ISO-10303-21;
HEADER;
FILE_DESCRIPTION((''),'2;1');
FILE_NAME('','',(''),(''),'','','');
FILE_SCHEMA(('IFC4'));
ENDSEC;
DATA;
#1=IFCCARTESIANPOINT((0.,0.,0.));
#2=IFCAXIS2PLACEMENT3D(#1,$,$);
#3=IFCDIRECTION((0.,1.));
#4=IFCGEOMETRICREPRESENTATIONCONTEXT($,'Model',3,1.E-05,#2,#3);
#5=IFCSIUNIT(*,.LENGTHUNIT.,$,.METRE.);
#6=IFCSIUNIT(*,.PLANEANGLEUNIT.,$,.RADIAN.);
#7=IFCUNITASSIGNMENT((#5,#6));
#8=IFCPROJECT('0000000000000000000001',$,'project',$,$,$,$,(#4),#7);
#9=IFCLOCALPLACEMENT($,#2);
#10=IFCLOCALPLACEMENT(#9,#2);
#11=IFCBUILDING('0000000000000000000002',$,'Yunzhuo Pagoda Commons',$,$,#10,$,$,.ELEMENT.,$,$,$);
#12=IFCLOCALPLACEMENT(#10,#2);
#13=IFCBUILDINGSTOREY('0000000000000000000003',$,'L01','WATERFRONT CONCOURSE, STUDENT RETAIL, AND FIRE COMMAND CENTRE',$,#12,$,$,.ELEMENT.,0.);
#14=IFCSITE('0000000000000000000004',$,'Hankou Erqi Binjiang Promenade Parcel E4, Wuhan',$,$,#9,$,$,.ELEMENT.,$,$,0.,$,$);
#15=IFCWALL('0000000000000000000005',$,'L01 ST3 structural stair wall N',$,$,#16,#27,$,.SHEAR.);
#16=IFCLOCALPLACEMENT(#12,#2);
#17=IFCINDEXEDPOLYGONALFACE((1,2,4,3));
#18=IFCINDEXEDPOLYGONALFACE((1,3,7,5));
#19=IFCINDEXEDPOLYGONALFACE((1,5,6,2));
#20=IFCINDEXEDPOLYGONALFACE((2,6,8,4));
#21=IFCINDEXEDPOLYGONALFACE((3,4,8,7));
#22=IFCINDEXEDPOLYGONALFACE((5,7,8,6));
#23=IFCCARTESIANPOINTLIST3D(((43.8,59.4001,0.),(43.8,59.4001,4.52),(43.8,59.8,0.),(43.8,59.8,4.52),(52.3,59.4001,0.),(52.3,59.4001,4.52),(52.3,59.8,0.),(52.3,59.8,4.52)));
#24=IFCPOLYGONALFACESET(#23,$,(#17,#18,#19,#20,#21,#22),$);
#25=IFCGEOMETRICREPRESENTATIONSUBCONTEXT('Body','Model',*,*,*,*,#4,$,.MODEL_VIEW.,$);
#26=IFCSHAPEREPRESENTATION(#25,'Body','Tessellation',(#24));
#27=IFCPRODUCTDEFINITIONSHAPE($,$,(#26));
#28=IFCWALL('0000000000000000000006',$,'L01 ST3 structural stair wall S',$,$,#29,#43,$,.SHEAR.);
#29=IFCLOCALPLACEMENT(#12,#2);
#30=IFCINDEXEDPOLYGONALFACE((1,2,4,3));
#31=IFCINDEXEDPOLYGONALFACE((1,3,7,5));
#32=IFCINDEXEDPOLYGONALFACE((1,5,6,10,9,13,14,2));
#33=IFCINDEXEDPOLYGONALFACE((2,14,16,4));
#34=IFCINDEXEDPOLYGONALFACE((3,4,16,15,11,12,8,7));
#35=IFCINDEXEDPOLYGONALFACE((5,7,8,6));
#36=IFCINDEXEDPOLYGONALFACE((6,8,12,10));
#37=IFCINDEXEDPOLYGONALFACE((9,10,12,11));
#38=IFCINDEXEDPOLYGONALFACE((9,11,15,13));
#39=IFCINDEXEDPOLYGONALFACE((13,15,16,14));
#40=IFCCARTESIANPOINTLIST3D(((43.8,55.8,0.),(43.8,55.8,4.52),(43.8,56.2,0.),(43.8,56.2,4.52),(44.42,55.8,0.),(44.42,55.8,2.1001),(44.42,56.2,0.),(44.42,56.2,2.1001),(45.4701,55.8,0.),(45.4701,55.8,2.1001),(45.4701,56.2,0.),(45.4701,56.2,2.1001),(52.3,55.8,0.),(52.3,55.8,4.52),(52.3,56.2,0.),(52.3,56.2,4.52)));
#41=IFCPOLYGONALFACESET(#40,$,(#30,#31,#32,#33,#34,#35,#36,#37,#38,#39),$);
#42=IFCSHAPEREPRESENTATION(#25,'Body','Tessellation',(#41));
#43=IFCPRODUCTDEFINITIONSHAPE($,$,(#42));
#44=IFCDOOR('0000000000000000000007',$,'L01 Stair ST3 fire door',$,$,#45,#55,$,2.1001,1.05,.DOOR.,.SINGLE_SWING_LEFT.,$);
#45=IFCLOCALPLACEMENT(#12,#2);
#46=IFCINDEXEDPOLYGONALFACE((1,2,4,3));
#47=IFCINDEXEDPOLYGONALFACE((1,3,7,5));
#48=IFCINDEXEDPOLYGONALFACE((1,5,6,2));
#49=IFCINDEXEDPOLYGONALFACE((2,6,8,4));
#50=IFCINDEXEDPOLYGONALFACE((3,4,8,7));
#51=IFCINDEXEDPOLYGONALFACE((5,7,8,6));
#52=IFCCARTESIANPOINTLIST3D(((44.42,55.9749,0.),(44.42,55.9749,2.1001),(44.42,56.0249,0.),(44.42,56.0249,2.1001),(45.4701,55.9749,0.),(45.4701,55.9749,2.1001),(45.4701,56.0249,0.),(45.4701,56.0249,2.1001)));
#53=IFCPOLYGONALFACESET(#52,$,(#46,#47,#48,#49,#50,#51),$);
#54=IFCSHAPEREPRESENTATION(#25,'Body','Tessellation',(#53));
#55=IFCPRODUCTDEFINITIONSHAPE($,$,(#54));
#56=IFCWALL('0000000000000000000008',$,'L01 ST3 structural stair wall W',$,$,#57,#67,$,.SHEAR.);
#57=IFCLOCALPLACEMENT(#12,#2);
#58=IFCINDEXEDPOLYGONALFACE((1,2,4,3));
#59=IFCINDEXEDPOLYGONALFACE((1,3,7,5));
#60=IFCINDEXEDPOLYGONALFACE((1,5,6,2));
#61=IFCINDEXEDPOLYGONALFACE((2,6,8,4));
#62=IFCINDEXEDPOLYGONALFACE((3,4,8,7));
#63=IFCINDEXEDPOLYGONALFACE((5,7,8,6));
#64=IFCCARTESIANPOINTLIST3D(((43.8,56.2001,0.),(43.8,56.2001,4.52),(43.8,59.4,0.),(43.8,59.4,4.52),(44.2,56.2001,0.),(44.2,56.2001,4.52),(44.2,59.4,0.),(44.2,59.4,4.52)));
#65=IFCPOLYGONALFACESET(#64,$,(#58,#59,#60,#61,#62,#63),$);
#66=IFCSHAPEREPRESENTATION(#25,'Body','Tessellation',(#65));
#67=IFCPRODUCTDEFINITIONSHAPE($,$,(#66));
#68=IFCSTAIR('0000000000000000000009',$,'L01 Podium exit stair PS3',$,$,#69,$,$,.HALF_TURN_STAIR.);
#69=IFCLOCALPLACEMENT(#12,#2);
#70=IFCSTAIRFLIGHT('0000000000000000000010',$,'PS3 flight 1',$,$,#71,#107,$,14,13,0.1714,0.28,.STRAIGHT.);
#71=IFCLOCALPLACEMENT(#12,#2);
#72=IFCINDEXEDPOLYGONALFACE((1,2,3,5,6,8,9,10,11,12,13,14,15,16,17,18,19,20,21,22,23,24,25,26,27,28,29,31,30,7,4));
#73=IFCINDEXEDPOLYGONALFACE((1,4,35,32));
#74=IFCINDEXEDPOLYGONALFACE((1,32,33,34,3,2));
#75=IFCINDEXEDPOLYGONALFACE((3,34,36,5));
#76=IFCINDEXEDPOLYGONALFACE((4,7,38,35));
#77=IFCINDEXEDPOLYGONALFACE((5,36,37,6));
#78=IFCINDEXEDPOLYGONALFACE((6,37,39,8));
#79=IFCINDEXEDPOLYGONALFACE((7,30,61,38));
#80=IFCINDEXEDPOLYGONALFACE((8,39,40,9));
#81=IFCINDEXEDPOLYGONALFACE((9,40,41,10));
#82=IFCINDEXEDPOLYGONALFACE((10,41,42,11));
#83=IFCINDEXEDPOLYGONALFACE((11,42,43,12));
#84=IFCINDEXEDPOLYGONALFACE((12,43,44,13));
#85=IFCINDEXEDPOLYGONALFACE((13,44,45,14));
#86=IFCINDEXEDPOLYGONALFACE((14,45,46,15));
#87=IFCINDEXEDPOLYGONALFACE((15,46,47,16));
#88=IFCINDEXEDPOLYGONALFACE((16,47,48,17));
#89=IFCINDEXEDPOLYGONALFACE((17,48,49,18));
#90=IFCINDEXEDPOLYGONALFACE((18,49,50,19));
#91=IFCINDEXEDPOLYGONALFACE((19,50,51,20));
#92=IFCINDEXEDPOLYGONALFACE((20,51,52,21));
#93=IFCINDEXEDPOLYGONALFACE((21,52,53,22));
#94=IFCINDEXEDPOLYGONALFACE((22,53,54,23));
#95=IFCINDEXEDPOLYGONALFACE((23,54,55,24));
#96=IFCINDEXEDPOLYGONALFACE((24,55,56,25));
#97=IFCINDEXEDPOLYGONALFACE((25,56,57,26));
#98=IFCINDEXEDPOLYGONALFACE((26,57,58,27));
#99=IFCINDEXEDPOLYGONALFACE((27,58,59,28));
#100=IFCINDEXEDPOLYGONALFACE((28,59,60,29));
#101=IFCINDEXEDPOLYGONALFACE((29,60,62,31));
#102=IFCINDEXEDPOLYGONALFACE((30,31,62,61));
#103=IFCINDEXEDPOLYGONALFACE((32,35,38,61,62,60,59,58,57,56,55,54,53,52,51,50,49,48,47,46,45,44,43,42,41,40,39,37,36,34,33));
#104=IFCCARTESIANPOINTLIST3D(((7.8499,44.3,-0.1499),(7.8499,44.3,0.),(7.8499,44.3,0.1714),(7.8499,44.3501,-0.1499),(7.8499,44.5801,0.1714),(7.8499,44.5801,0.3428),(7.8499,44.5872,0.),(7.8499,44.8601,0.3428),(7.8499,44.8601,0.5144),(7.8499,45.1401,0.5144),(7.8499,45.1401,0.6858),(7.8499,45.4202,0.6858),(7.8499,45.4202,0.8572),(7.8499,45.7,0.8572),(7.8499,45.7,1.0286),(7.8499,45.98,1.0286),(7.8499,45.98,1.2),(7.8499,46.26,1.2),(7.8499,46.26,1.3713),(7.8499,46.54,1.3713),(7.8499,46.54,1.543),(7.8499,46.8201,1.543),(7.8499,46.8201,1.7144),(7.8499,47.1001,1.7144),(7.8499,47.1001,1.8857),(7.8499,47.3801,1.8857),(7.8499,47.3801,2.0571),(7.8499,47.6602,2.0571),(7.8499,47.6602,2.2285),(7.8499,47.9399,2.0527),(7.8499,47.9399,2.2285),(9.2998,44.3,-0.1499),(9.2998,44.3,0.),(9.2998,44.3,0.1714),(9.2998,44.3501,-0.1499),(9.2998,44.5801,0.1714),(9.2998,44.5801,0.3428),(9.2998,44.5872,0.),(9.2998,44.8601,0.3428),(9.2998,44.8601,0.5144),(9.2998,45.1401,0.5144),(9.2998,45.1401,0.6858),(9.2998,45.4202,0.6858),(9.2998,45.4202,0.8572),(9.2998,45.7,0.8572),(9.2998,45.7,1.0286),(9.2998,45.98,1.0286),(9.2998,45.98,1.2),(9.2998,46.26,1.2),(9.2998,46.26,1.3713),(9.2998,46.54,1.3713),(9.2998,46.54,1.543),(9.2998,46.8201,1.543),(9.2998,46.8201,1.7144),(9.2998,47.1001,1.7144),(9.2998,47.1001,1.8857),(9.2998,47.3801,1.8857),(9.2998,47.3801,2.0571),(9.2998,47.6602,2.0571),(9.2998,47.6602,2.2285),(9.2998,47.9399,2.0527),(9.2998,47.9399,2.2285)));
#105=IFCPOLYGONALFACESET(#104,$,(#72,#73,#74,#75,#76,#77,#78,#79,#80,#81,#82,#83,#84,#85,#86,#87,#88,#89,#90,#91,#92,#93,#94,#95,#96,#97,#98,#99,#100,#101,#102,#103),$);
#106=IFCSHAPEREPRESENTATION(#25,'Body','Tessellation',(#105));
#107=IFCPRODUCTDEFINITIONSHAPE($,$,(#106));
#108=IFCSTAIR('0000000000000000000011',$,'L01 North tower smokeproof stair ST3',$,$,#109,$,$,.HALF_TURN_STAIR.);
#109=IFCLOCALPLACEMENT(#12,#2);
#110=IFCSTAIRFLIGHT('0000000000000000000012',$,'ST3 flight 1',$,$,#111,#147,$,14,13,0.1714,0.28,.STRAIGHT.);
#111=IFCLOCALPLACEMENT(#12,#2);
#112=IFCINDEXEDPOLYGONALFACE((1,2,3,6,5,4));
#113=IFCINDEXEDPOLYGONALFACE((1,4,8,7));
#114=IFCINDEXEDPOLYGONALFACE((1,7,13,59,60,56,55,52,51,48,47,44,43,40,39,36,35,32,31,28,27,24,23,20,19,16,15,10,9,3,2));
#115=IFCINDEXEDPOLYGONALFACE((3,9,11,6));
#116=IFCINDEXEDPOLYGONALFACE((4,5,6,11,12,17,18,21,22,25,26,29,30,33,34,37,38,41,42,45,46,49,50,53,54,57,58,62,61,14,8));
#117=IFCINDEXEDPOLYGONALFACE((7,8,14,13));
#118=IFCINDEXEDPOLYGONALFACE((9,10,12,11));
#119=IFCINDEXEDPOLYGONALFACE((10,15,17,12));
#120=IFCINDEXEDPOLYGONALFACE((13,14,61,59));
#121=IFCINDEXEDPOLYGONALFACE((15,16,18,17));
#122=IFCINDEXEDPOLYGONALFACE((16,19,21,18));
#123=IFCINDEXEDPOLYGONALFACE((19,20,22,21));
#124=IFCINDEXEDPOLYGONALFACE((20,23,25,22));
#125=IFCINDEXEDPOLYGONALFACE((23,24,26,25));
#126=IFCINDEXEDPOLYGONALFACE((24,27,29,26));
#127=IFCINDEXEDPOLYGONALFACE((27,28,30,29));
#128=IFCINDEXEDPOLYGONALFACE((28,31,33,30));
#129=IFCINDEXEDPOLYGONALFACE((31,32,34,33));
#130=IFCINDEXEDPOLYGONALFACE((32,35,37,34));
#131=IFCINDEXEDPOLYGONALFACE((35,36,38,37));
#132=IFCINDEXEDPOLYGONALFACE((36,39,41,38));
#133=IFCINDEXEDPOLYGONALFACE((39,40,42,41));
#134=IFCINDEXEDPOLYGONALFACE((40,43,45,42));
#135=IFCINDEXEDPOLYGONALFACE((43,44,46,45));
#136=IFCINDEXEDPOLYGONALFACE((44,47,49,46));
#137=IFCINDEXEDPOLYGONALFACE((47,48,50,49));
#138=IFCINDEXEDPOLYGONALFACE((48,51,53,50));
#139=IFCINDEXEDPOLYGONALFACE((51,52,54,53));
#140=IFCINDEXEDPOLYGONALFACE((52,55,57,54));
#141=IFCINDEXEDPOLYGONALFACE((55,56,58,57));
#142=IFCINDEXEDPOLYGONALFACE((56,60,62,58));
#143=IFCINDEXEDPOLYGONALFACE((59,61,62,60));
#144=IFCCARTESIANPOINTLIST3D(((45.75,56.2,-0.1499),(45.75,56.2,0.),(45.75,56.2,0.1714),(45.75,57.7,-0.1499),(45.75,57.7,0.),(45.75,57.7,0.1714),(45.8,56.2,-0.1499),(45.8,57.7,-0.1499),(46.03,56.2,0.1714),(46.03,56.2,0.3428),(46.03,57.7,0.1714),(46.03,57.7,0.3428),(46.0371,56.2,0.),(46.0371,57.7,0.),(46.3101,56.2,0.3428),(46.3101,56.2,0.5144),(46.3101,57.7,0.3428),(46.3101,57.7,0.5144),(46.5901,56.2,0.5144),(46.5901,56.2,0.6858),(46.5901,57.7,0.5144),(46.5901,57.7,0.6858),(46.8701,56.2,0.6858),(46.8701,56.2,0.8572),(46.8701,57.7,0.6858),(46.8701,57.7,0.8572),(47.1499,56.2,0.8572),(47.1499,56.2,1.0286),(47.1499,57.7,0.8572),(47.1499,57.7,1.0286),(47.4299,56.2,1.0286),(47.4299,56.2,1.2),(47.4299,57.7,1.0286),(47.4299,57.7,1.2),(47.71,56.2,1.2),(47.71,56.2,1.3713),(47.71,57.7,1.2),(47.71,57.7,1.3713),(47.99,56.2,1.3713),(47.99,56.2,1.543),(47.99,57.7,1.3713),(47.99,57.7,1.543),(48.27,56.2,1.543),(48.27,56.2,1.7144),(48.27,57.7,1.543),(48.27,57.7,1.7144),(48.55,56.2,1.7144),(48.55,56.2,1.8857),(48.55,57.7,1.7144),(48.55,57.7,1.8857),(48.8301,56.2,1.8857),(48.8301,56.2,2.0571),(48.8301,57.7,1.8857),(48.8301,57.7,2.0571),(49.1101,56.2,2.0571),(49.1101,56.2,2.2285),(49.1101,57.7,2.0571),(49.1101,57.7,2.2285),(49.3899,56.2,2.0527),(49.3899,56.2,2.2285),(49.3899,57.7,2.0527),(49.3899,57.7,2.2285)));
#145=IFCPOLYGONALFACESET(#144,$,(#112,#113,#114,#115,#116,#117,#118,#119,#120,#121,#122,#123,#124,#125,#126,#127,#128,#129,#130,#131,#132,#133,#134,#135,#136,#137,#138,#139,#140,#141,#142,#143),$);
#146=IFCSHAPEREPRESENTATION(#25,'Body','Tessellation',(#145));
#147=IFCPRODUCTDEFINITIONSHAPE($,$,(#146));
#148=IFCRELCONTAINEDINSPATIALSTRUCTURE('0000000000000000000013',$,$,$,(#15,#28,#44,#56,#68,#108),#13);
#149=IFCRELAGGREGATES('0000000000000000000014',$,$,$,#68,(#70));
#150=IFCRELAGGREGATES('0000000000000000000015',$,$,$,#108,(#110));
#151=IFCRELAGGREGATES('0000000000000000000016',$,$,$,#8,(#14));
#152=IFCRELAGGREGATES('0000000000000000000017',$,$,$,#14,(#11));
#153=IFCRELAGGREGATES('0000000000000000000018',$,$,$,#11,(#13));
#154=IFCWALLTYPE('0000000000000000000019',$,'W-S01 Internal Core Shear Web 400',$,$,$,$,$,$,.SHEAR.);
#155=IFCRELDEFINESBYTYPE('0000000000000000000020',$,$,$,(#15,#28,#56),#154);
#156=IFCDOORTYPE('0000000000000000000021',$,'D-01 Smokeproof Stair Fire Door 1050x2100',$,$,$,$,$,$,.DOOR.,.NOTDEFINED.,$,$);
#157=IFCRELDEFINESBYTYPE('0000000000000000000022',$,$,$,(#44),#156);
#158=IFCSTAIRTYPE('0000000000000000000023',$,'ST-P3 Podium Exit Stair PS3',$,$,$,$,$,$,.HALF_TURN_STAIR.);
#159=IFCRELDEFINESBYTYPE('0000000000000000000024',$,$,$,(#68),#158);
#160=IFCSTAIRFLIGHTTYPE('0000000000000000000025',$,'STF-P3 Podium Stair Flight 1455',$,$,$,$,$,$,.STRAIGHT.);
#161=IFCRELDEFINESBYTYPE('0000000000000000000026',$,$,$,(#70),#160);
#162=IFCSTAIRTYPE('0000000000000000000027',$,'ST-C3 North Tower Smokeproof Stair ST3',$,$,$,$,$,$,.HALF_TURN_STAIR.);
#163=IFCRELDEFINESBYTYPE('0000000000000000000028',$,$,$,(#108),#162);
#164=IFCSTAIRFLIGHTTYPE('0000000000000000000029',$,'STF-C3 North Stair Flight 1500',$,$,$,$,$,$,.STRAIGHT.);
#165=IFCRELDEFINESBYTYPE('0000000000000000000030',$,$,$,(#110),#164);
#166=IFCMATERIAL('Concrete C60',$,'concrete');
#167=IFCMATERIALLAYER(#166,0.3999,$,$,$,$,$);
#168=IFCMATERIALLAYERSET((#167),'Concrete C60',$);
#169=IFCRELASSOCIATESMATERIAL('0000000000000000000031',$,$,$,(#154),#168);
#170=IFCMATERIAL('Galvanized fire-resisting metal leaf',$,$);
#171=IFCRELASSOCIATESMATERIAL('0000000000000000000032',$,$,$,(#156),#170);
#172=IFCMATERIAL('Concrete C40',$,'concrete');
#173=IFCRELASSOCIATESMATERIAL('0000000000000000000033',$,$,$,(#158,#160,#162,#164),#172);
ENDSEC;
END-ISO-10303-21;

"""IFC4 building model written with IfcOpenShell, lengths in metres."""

from ifc_helpers import new_model, si_unit, direction, frame, frame_2d, origin, origin_with_axes, place, context, subcontext, project, spatial, polyline, rectangle, outline, extrude, source, transform, mapped, material, layer, layer_set, type_object, element, fill, aggregate, save


model = new_model("IFC4")

# Units and contexts
model_context = context("Model", 3, precision=1e-05, world=origin(), true_north=direction((0.0, 1.0)))
body_context = subcontext(model_context, "Body", "Model", "MODEL_VIEW")
ifc_project = project(units=[si_unit("LENGTHUNIT", "METRE"), si_unit("PLANEANGLEUNIT", "RADIAN")], contexts=[model_context])

# Site, building, storey
site_placement = place(None, origin())
site = spatial("IfcSite", under=ifc_project, at=site_placement, Name="Hankou Erqi Binjiang Promenade Parcel E4, Wuhan", CompositionType="ELEMENT", RefElevation=0.0)
building_placement = place(site_placement, origin())
building = spatial("IfcBuilding", under=site, at=building_placement, Name="Yunzhuo Pagoda Commons", CompositionType="ELEMENT")
storey_placement = place(building_placement, origin())
storey = spatial("IfcBuildingStorey", under=building, at=storey_placement, Name="L01", Description="WATERFRONT CONCOURSE, STUDENT RETAIL, AND FIRE COMMAND CENTRE", CompositionType="ELEMENT", Elevation=0.0)

# Wall
ifc_material_1 = material(Name="Concrete C60", Category="concrete")
ifc_layer = layer(ifc_material_1, 0.3999)
ifc_layer_set = layer_set([ifc_layer], Name="Concrete C60")
wall_type = type_object("IfcWallType", Name="W-S01 Internal Core Shear Web 400", PredefinedType="SHEAR", material=ifc_layer_set)
wall_1_placement = place(storey_placement, frame((43.8, 59.6001, 0.0), z_axis=(0.0, 0.0, 1.0), x_axis=(1.0, 0.0, 0.0)))
element("IfcWall", 1, at=wall_1_placement, inside=storey, type_object=wall_type, Name="L01 ST3 structural stair wall N", PredefinedType="SHEAR", context=body_context, shape_type="SweptSolid", body=[
    extrude(rectangle(XDim=8.5, YDim=0.3999, at=frame_2d((4.25, 0.0))), origin(), (0.0, 0.0, 1.0), 4.52),
])

# Wall, opening, door
wall_2_placement = place(storey_placement, frame((43.8, 56.0, 0.0), z_axis=(0.0, 0.0, 1.0), x_axis=(1.0, 0.0, 0.0)))
wall_2 = element("IfcWall", 2, at=wall_2_placement, inside=storey, type_object=wall_type, Name="L01 ST3 structural stair wall S", PredefinedType="SHEAR", context=body_context, shape_type="SweptSolid", body=[
    extrude(rectangle(XDim=8.5, YDim=0.3999, at=frame_2d((4.25, 0.0))), origin(), (0.0, 0.0, 1.0), 4.52),
])
opening_placement = place(wall_2_placement, frame((0.6201, 0.0, 0.0)))
opening = element("IfcOpeningElement", 3, at=opening_placement, cuts=wall_2, PredefinedType="OPENING", context=body_context, shape_type="SweptSolid", body=[
    extrude(rectangle(XDim=1.05, YDim=2.1001, at=frame_2d((0.5249, 1.05))), frame((0.0, 0.21, 0.0), z_axis=(0.0, -1.0, 0.0), x_axis=(1.0, 0.0, 0.0)), (0.0, 0.0, 1.0), 0.4199),
])
ifc_material_2 = material(Name="Galvanized fire-resisting metal leaf")
door_type = type_object("IfcDoorType", Name="D-01 Smokeproof Stair Fire Door 1050x2100", OperationType="NOTDEFINED", PredefinedType="DOOR", material=ifc_material_2)
shared_shape_1 = source(origin(), body_context, "Body", "SweptSolid", [
    extrude(rectangle(XDim=1.05, YDim=2.1001, at=frame_2d((0.5249, 1.05))), frame((0.0, 0.0249, 0.0), z_axis=(0.0, -1.0, 0.0), x_axis=(1.0, 0.0, 0.0)), (0.0, 0.0, 1.0), 0.05),
])
door_placement = place(opening_placement, origin_with_axes())
door = element("IfcDoor", 4, at=door_placement, inside=storey, type_object=door_type, Name="L01 Stair ST3 fire door", OperationType="SINGLE_SWING_LEFT", OverallHeight=2.1001, OverallWidth=1.05, PredefinedType="DOOR", context=body_context, shape_type="MappedRepresentation", body=[
    mapped(shared_shape_1, transform((0.0, 0.0, 0.0), scale=1.0)),
])
fill(opening, door)

# Wall
wall_3_placement = place(storey_placement, frame((44.0, 56.2, 0.0), z_axis=(0.0, 0.0, 1.0), x_axis=(0.0, 1.0, 0.0)))
element("IfcWall", 5, at=wall_3_placement, inside=storey, type_object=wall_type, Name="L01 ST3 structural stair wall W", PredefinedType="SHEAR", context=body_context, shape_type="SweptSolid", body=[
    extrude(rectangle(XDim=3.2, YDim=0.3999, at=frame_2d((1.6001, 0.0))), origin(), (0.0, 0.0, 1.0), 4.52),
])

# Stairs, stair flights
ifc_material_3 = material(Name="Concrete C40", Category="concrete")
stair_type_1 = type_object("IfcStairType", Name="ST-P3 Podium Exit Stair PS3", PredefinedType="HALF_TURN_STAIR", material=ifc_material_3)
stair_1_placement = place(storey_placement, origin())
stair_1 = element("IfcStair", 6, at=stair_1_placement, inside=storey, type_object=stair_type_1, Name="L01 Podium exit stair PS3", PredefinedType="HALF_TURN_STAIR")
stair_flight_type_1 = type_object("IfcStairFlightType", Name="STF-P3 Podium Stair Flight 1455", PredefinedType="STRAIGHT", material=ifc_material_3)
shared_shape_2 = source(origin(), body_context, "Body", "SweptSolid", [
    extrude(outline(polyline([(0.0, -0.1499), (0.0, 0.0), (0.0, 0.1714), (0.28, 0.1714), (0.28, 0.3428), (0.5601, 0.3428), (0.5601, 0.5144), (0.8401, 0.5144), (0.8401, 0.6858), (1.1201, 0.6858), (1.1201, 0.8572), (1.3999, 0.8572), (1.3999, 1.0286), (1.6799, 1.0286), (1.6799, 1.2), (1.96, 1.2), (1.96, 1.3713), (2.24, 1.3713), (2.24, 1.543), (2.52, 1.543), (2.52, 1.7144), (2.8, 1.7144), (2.8, 1.8857), (3.0801, 1.8857), (3.0801, 2.0571), (3.3601, 2.0571), (3.3601, 2.2285), (3.6399, 2.2285), (3.6399, 2.3999), (3.6399, 2.0527), (0.2871, 0.0), (0.05, -0.1499), (0.0, -0.1499)])), frame((0.0, 0.7251, 0.0), z_axis=(0.0, -1.0, 0.0), x_axis=(1.0, 0.0, 0.0)), (0.0, 0.0, 1.0), 1.45),
])
stair_flight_1_placement = place(storey_placement, frame((8.575, 44.3, 0.0), z_axis=(0.0, 0.0, 1.0), x_axis=(0.0, 1.0, 0.0)))
stair_flight_1 = element("IfcStairFlight", 7, at=stair_flight_1_placement, type_object=stair_flight_type_1, Name="PS3 flight 1", NumberOfRisers=14, NumberOfTreads=13, PredefinedType="STRAIGHT", RiserHeight=0.1714, TreadLength=0.28, context=body_context, shape_type="MappedRepresentation", body=[
    mapped(shared_shape_2, transform((0.0, 0.0, 0.0), scale=1.0)),
])
aggregate(stair_1, [stair_flight_1])
stair_type_2 = type_object("IfcStairType", Name="ST-C3 North Tower Smokeproof Stair ST3", PredefinedType="HALF_TURN_STAIR", material=ifc_material_3)
stair_2_placement = place(storey_placement, origin())
stair_2 = element("IfcStair", 8, at=stair_2_placement, inside=storey, type_object=stair_type_2, Name="L01 North tower smokeproof stair ST3", PredefinedType="HALF_TURN_STAIR")
stair_flight_type_2 = type_object("IfcStairFlightType", Name="STF-C3 North Stair Flight 1500", PredefinedType="STRAIGHT", material=ifc_material_3)
shared_shape_3 = source(origin(), body_context, "Body", "SweptSolid", [
    extrude(outline(polyline([(0.0, -0.1499), (0.0, 0.0), (0.0, 0.1714), (0.28, 0.1714), (0.28, 0.3428), (0.5601, 0.3428), (0.5601, 0.5144), (0.8401, 0.5144), (0.8401, 0.6858), (1.1201, 0.6858), (1.1201, 0.8572), (1.3999, 0.8572), (1.3999, 1.0286), (1.6799, 1.0286), (1.6799, 1.2), (1.96, 1.2), (1.96, 1.3713), (2.24, 1.3713), (2.24, 1.543), (2.52, 1.543), (2.52, 1.7144), (2.8, 1.7144), (2.8, 1.8857), (3.0801, 1.8857), (3.0801, 2.0571), (3.3601, 2.0571), (3.3601, 2.2285), (3.6399, 2.2285), (3.6399, 2.3999), (3.6399, 2.0527), (0.2871, 0.0), (0.05, -0.1499), (0.0, -0.1499)])), frame((0.0, 0.75, 0.0), z_axis=(0.0, -1.0, 0.0), x_axis=(1.0, 0.0, 0.0)), (0.0, 0.0, 1.0), 1.5),
])
stair_flight_2_placement = place(storey_placement, frame((45.75, 56.95, 0.0), z_axis=(0.0, 0.0, 1.0), x_axis=(1.0, 0.0, 0.0)))
stair_flight_2 = element("IfcStairFlight", 9, at=stair_flight_2_placement, type_object=stair_flight_type_2, Name="ST3 flight 1", NumberOfRisers=14, NumberOfTreads=13, PredefinedType="STRAIGHT", RiserHeight=0.1714, TreadLength=0.28, context=body_context, shape_type="MappedRepresentation", body=[
    mapped(shared_shape_3, transform((0.0, 0.0, 0.0), scale=1.0)),
])
aggregate(stair_2, [stair_flight_2])

save(model, "model.ifc")
